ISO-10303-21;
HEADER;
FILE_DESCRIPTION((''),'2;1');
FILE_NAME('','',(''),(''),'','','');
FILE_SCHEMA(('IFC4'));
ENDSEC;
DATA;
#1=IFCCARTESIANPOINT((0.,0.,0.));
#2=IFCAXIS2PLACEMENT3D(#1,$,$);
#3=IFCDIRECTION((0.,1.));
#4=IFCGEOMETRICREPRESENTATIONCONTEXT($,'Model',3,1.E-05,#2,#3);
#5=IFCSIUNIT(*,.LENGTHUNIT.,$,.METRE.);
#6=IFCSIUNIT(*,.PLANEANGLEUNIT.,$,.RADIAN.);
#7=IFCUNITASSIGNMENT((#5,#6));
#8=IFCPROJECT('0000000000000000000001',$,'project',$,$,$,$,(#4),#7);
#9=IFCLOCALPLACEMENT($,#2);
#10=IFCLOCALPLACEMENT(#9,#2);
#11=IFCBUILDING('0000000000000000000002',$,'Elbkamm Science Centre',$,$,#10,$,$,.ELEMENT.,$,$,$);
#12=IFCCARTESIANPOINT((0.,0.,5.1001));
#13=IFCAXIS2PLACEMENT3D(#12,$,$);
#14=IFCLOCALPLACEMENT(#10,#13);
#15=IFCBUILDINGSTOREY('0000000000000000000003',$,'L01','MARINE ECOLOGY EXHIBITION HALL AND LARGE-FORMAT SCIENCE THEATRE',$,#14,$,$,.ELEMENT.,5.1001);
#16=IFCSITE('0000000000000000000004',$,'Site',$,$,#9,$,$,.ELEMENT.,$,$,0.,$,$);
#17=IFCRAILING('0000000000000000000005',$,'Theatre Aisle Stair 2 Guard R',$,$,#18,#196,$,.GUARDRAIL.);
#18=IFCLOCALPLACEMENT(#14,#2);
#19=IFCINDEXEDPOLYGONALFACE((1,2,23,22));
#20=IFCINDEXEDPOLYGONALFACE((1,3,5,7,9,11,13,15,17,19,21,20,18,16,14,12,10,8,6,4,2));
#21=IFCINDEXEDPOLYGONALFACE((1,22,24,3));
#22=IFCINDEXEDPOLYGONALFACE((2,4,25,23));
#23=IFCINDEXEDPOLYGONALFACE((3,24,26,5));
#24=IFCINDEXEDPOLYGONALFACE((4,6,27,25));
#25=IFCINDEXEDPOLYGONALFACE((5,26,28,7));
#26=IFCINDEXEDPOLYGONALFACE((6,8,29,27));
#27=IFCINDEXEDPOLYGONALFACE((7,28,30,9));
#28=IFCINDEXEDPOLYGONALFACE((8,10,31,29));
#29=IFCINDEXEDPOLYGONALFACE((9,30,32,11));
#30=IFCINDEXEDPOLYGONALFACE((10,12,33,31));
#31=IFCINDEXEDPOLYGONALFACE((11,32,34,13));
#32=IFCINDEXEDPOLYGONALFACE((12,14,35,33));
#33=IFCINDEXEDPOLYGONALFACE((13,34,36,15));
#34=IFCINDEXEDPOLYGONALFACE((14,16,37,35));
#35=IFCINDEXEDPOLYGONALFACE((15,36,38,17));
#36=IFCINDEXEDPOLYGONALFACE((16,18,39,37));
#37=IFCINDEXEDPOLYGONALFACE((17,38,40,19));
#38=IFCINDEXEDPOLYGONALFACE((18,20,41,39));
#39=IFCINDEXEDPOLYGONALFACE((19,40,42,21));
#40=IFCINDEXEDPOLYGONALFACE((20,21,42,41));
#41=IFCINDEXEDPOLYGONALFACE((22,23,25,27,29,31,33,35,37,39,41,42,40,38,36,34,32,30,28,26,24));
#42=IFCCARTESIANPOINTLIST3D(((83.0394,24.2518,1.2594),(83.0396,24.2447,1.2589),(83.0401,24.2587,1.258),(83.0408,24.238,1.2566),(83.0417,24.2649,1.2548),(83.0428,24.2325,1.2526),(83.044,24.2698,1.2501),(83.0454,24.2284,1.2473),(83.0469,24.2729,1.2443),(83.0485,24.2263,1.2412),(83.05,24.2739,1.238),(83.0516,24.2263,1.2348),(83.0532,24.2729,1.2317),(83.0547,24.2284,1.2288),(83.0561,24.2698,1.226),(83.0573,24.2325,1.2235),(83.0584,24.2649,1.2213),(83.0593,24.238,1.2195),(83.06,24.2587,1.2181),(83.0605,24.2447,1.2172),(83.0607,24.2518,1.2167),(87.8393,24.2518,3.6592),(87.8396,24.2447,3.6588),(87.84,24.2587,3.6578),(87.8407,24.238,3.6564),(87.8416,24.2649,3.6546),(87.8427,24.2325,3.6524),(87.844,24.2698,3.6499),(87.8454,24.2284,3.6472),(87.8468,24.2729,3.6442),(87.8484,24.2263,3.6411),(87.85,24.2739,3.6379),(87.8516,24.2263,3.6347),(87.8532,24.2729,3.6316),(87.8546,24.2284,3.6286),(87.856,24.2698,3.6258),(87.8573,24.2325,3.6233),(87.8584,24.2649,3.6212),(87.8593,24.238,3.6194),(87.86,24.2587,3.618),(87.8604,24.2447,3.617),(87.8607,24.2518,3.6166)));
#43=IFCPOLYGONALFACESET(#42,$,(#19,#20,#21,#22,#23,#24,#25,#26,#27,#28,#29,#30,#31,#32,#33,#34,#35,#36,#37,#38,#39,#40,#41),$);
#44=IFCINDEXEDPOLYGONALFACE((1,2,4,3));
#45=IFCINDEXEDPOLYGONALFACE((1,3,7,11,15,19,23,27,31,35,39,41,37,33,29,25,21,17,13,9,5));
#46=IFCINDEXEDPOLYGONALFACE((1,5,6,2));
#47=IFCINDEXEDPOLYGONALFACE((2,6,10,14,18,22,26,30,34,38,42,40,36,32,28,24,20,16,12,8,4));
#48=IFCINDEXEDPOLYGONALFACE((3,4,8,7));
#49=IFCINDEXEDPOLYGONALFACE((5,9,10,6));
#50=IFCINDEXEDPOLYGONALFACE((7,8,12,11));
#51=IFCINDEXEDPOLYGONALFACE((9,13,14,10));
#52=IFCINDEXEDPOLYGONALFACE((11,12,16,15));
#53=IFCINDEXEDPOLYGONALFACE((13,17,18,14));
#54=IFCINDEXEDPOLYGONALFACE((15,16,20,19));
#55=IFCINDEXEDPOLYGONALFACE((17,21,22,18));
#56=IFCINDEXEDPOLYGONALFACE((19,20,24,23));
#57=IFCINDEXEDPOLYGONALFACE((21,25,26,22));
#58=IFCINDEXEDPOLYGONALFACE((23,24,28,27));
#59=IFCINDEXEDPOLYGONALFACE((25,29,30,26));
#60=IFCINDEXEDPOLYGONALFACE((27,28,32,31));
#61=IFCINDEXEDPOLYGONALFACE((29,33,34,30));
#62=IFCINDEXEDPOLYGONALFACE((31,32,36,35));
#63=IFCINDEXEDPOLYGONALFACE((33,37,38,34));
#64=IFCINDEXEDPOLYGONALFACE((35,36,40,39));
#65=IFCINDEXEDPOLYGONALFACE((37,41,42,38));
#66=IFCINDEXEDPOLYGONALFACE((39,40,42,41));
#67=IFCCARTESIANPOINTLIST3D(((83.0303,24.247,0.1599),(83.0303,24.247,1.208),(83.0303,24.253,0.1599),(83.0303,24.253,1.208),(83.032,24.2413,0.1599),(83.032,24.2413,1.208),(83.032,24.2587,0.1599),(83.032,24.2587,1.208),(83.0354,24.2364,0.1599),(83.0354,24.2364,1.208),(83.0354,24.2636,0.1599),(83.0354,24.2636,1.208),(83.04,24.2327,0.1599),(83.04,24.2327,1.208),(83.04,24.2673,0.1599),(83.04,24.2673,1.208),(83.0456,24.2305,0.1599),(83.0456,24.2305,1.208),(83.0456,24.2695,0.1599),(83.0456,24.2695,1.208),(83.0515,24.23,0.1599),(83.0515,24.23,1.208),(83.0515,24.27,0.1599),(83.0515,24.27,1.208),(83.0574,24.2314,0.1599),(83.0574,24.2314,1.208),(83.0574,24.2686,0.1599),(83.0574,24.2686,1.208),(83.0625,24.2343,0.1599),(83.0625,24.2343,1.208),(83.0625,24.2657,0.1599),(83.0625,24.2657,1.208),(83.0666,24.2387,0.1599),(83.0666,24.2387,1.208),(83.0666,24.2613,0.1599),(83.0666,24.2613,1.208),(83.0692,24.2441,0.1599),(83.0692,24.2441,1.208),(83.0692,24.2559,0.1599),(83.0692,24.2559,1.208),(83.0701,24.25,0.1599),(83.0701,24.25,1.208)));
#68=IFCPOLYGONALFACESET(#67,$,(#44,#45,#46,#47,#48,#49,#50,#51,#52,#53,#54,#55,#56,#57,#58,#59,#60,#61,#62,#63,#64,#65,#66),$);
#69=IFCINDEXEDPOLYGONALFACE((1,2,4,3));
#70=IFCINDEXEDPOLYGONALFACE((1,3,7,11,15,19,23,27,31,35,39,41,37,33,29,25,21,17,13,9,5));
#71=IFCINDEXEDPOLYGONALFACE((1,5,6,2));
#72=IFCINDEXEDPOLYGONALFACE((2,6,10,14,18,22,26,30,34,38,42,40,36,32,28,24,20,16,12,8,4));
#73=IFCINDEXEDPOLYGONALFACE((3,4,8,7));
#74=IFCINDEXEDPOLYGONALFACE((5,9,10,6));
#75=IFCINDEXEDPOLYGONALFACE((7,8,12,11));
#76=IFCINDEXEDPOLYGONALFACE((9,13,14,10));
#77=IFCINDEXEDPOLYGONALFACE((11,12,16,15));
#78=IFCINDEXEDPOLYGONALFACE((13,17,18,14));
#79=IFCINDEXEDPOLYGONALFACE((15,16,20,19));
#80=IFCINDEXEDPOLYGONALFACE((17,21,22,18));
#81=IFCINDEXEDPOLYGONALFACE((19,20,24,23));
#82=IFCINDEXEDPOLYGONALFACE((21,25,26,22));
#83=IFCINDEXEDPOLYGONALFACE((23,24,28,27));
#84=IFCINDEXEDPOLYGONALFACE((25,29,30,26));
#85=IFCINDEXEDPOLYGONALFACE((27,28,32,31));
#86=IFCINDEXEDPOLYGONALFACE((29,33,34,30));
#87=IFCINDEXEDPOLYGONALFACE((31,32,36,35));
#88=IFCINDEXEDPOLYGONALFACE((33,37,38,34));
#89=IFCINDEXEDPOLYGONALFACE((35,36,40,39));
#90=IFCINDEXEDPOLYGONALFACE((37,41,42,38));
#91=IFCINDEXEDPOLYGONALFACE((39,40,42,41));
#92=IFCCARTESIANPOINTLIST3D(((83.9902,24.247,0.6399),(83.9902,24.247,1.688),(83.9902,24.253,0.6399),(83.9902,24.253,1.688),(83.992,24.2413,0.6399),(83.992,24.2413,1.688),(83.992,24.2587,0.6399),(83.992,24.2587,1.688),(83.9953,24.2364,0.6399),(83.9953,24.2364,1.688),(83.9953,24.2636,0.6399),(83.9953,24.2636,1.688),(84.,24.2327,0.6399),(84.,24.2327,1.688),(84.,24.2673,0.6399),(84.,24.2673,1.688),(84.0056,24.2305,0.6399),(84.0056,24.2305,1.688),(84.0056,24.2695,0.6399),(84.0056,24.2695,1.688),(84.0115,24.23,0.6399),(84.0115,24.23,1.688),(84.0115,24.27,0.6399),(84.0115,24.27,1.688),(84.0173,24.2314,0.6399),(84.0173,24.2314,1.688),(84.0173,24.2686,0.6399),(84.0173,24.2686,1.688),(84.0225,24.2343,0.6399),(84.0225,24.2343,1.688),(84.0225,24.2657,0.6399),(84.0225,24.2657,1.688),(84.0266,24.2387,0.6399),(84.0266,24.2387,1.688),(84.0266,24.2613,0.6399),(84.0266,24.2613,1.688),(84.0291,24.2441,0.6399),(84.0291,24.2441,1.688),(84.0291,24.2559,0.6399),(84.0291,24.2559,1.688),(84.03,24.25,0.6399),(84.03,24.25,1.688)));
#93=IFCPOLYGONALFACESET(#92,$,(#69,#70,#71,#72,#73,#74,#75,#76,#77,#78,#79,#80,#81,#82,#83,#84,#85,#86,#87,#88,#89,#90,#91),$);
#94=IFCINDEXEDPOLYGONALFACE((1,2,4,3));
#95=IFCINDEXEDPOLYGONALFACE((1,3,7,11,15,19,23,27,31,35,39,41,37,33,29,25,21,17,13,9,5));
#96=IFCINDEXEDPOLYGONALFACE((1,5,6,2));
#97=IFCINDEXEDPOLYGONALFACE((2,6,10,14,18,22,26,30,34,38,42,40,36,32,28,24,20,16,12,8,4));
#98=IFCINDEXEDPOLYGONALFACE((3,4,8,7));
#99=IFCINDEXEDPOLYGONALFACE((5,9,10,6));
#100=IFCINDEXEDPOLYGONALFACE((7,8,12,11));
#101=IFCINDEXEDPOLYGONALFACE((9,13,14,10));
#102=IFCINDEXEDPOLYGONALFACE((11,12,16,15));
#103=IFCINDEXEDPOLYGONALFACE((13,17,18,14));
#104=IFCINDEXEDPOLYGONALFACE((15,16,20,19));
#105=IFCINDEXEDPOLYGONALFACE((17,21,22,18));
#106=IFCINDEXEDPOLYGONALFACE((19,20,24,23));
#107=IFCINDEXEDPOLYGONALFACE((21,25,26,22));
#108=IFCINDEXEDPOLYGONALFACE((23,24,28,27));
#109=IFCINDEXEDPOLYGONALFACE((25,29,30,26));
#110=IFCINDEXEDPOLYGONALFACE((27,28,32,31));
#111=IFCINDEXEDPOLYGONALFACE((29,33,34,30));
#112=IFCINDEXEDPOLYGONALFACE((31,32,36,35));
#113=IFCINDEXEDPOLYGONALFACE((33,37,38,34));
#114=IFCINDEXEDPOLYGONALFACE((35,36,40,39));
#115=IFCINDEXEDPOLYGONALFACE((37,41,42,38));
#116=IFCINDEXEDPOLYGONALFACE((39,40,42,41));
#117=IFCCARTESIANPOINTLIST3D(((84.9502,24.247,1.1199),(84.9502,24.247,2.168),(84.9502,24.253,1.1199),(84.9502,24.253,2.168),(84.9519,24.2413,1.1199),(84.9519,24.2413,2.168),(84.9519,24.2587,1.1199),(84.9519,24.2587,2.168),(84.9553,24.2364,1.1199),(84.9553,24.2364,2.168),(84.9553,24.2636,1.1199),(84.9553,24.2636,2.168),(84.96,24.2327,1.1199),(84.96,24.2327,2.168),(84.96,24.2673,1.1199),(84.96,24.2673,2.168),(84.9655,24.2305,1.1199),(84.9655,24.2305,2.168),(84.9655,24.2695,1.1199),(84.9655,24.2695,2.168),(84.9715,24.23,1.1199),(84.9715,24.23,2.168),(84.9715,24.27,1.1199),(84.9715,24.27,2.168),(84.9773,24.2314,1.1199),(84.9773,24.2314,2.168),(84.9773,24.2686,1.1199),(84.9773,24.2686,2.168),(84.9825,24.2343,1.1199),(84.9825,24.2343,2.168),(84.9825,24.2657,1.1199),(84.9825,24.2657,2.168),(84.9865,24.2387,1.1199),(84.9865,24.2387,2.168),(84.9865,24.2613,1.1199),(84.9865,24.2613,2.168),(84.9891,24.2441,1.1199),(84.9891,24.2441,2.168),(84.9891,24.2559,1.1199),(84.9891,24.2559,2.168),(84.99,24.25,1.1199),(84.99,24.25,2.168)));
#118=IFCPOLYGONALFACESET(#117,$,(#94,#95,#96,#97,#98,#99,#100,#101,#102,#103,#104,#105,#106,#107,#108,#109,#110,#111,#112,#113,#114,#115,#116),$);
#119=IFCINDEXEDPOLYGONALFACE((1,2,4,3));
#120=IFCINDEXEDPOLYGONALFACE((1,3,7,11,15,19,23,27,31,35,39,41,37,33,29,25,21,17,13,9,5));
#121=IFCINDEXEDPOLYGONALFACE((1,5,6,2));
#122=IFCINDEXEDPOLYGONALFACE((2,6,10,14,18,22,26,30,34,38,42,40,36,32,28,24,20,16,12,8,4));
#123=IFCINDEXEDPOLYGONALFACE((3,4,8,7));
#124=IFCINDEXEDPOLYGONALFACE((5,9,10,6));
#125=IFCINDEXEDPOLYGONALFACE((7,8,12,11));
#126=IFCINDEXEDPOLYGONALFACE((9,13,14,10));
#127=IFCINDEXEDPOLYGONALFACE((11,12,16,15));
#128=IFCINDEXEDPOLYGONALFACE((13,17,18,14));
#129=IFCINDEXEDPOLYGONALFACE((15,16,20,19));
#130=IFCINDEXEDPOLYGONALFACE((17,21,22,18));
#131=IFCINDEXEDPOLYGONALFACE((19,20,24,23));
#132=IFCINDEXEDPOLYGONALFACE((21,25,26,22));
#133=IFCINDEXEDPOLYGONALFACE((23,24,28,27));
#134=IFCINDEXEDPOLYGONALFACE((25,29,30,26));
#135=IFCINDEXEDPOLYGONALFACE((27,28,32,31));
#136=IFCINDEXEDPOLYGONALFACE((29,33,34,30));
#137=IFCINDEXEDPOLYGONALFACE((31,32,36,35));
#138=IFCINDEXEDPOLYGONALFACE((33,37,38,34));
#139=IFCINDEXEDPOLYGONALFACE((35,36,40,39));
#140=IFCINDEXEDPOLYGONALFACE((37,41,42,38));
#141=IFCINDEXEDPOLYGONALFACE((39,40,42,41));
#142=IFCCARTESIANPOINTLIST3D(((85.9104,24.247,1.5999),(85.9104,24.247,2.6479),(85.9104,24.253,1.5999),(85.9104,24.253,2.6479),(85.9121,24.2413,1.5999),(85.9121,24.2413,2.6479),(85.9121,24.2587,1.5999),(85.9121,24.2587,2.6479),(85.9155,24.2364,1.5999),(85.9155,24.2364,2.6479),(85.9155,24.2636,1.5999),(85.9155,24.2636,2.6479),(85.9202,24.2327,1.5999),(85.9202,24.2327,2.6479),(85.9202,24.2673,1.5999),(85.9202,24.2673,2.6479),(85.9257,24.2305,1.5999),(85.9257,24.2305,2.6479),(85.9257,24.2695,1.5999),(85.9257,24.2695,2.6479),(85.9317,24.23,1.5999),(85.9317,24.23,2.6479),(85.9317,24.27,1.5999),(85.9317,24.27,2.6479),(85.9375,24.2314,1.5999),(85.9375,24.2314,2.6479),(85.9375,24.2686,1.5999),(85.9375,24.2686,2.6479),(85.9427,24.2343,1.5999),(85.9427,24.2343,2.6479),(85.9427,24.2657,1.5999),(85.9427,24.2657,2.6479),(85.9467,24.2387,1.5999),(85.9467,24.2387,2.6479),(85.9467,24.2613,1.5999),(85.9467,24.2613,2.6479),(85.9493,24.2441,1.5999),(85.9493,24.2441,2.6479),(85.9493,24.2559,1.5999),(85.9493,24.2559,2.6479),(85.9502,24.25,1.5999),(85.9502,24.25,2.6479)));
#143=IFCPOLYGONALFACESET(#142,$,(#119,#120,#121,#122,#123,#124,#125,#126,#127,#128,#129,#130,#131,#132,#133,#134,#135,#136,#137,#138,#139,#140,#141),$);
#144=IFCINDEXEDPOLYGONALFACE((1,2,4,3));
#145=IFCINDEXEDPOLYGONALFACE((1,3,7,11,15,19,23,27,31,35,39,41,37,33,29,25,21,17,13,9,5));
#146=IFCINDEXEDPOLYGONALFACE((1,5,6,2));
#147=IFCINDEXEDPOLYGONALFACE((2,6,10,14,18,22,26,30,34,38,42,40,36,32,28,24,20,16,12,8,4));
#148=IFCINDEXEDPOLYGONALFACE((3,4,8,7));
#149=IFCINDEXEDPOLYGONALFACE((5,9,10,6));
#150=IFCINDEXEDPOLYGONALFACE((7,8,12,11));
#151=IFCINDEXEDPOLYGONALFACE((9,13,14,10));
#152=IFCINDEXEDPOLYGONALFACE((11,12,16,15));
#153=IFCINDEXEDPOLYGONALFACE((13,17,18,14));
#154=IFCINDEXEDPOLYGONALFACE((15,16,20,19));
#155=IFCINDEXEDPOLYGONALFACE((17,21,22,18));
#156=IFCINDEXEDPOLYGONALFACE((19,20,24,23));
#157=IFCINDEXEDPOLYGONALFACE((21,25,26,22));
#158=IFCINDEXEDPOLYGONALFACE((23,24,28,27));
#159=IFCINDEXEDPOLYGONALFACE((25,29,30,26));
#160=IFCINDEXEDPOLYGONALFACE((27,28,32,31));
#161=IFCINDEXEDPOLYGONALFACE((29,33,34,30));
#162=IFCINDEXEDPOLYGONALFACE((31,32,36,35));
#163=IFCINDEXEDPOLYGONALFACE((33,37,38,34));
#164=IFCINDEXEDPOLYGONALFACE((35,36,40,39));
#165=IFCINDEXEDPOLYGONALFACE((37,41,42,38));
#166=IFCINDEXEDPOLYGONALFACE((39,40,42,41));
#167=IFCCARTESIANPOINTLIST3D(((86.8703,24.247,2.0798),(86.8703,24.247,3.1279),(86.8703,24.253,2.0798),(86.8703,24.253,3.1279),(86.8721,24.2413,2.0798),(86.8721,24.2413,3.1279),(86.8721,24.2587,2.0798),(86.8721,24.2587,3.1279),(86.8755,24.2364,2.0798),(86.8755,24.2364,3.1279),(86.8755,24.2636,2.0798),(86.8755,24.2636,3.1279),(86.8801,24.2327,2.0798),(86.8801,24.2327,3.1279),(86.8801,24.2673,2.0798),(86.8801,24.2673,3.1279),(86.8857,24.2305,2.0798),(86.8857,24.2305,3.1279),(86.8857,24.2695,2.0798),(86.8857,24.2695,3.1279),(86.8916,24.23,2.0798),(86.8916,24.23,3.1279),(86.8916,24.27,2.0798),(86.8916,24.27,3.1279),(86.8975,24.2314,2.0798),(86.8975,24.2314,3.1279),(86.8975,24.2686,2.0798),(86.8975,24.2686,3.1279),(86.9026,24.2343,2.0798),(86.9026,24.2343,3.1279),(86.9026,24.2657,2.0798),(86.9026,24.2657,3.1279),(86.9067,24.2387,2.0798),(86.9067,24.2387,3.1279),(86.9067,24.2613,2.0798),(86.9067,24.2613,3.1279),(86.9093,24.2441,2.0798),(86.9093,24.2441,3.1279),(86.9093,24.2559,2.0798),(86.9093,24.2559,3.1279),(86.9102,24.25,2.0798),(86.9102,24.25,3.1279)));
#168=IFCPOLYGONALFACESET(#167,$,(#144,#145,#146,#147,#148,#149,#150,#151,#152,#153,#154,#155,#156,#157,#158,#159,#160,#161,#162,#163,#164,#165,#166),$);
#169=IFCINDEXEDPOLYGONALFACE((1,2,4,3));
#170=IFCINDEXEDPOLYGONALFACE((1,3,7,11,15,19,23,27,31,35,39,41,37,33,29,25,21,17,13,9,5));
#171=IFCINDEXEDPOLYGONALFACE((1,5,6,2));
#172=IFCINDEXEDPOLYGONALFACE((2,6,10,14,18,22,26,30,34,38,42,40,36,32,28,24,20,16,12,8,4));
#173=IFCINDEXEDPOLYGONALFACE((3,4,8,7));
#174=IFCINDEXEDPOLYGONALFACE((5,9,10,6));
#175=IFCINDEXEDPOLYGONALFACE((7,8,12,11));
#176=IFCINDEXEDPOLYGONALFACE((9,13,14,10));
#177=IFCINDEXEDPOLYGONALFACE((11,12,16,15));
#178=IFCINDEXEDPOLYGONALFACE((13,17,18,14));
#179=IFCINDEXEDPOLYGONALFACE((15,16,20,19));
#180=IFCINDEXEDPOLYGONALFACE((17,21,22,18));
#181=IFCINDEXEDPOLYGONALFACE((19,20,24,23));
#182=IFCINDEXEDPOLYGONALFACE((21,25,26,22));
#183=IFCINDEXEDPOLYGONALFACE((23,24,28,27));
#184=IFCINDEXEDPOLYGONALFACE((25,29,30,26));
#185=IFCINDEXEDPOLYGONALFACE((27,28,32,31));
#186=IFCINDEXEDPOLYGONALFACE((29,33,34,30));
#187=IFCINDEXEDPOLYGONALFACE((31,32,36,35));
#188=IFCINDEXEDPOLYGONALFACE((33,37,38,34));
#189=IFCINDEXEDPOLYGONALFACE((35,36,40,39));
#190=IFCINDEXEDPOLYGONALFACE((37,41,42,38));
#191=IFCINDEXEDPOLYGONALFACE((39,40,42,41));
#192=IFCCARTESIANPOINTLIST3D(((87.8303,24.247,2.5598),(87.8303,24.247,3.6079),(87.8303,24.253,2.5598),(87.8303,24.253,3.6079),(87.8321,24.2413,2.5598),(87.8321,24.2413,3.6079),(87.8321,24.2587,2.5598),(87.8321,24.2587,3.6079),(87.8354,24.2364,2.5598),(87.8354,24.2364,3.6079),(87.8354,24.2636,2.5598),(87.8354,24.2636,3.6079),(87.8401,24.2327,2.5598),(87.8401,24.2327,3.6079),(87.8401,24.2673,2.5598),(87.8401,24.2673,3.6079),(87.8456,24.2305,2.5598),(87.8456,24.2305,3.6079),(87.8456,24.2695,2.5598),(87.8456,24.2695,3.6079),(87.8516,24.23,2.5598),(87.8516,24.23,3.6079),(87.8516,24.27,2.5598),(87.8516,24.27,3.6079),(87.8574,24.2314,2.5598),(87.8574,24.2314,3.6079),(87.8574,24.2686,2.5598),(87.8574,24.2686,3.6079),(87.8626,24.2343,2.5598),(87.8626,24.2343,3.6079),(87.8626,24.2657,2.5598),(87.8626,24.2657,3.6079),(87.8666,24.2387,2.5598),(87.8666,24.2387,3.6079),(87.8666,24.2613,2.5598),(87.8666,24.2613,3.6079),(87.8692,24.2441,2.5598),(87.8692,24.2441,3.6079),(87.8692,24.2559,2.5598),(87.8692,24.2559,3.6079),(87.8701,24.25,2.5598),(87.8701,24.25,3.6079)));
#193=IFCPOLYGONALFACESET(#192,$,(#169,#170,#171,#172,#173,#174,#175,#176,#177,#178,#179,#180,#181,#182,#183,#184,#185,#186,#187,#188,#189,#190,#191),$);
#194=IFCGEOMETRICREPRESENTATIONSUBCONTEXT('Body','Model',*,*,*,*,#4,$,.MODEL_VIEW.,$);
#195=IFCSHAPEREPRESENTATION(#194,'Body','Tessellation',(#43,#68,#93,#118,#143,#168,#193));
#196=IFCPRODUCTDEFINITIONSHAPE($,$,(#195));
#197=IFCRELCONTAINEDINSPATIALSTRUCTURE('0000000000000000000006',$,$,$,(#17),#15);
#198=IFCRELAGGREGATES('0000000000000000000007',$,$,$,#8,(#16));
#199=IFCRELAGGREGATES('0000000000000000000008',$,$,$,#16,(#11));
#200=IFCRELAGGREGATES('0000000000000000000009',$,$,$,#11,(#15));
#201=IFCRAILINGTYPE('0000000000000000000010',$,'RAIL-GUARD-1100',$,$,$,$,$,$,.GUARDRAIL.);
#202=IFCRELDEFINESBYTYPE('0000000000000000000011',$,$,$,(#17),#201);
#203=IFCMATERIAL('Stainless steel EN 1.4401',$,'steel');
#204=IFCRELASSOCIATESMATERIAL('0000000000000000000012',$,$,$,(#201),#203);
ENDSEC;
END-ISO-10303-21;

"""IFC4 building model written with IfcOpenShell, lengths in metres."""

from ifc_helpers import new_model, si_unit, direction, frame, origin, origin_2d, place, context, subcontext, project, spatial, circle, extrude, material, type_object, element, save


model = new_model("IFC4")

# Units and contexts
model_context = context("Model", 3, precision=1e-05, world=origin(), true_north=direction((0.0, 1.0)))
body_context = subcontext(model_context, "Body", "Model", "MODEL_VIEW")
ifc_project = project(units=[si_unit("LENGTHUNIT", "METRE"), si_unit("PLANEANGLEUNIT", "RADIAN")], contexts=[model_context])

# Site, building, storey
site_placement = place(None, origin())
site = spatial("IfcSite", under=ifc_project, at=site_placement, Name="Site", CompositionType="ELEMENT", RefElevation=0.0)
building_placement = place(site_placement, origin())
building = spatial("IfcBuilding", under=site, at=building_placement, Name="Elbkamm Science Centre", CompositionType="ELEMENT")
storey_placement = place(building_placement, frame((0.0, 0.0, 5.1001)))
storey = spatial("IfcBuildingStorey", under=building, at=storey_placement, Name="L01", Description="MARINE ECOLOGY EXHIBITION HALL AND LARGE-FORMAT SCIENCE THEATRE", CompositionType="ELEMENT", Elevation=5.1001)

# Railing
ifc_material_1 = material(Name="Stainless steel EN 1.4401", Category="steel")
railing_type_1 = type_object("IfcRailingType", Name="RAIL-GUARD-1100", PredefinedType="GUARDRAIL", material=ifc_material_1)
for number, where, name in (
    (1, (83.05, 24.25, 0.1599), "Theatre Aisle Stair 2 Guard R"),
):
    element("IfcRailing", number, at=place(storey_placement, frame(where)), inside=storey, type_object=railing_type_1, Name=name, PredefinedType="GUARDRAIL", context=body_context, shape_type="SweptSolid", body=[
        extrude(circle(Radius=0.0239, at=origin_2d()), frame((0.0, 0.0, 1.0781), z_axis=(0.894436, 0.0, 0.447195), x_axis=(0.0, 1.0, 0.0)), (0.0, 0.0, 1.0), 5.3665),
        extrude(circle(Radius=0.02, at=origin_2d()), origin(), (0.0, 0.0, 1.0), 1.0481),
        extrude(circle(Radius=0.02, at=origin_2d()), frame((0.96, 0.0, 0.48)), (0.0, 0.0, 1.0), 1.0481),
        extrude(circle(Radius=0.02, at=origin_2d()), frame((1.9199, 0.0, 0.96)), (0.0, 0.0, 1.0), 1.0481),
        extrude(circle(Radius=0.02, at=origin_2d()), frame((2.8801, 0.0, 1.4399)), (0.0, 0.0, 1.0), 1.0481),
        extrude(circle(Radius=0.02, at=origin_2d()), frame((3.8401, 0.0, 1.9199)), (0.0, 0.0, 1.0), 1.0481),
        extrude(circle(Radius=0.02, at=origin_2d()), frame((4.8, 0.0, 2.3999)), (0.0, 0.0, 1.0), 1.0481),
    ])

save(model, "model.ifc")
